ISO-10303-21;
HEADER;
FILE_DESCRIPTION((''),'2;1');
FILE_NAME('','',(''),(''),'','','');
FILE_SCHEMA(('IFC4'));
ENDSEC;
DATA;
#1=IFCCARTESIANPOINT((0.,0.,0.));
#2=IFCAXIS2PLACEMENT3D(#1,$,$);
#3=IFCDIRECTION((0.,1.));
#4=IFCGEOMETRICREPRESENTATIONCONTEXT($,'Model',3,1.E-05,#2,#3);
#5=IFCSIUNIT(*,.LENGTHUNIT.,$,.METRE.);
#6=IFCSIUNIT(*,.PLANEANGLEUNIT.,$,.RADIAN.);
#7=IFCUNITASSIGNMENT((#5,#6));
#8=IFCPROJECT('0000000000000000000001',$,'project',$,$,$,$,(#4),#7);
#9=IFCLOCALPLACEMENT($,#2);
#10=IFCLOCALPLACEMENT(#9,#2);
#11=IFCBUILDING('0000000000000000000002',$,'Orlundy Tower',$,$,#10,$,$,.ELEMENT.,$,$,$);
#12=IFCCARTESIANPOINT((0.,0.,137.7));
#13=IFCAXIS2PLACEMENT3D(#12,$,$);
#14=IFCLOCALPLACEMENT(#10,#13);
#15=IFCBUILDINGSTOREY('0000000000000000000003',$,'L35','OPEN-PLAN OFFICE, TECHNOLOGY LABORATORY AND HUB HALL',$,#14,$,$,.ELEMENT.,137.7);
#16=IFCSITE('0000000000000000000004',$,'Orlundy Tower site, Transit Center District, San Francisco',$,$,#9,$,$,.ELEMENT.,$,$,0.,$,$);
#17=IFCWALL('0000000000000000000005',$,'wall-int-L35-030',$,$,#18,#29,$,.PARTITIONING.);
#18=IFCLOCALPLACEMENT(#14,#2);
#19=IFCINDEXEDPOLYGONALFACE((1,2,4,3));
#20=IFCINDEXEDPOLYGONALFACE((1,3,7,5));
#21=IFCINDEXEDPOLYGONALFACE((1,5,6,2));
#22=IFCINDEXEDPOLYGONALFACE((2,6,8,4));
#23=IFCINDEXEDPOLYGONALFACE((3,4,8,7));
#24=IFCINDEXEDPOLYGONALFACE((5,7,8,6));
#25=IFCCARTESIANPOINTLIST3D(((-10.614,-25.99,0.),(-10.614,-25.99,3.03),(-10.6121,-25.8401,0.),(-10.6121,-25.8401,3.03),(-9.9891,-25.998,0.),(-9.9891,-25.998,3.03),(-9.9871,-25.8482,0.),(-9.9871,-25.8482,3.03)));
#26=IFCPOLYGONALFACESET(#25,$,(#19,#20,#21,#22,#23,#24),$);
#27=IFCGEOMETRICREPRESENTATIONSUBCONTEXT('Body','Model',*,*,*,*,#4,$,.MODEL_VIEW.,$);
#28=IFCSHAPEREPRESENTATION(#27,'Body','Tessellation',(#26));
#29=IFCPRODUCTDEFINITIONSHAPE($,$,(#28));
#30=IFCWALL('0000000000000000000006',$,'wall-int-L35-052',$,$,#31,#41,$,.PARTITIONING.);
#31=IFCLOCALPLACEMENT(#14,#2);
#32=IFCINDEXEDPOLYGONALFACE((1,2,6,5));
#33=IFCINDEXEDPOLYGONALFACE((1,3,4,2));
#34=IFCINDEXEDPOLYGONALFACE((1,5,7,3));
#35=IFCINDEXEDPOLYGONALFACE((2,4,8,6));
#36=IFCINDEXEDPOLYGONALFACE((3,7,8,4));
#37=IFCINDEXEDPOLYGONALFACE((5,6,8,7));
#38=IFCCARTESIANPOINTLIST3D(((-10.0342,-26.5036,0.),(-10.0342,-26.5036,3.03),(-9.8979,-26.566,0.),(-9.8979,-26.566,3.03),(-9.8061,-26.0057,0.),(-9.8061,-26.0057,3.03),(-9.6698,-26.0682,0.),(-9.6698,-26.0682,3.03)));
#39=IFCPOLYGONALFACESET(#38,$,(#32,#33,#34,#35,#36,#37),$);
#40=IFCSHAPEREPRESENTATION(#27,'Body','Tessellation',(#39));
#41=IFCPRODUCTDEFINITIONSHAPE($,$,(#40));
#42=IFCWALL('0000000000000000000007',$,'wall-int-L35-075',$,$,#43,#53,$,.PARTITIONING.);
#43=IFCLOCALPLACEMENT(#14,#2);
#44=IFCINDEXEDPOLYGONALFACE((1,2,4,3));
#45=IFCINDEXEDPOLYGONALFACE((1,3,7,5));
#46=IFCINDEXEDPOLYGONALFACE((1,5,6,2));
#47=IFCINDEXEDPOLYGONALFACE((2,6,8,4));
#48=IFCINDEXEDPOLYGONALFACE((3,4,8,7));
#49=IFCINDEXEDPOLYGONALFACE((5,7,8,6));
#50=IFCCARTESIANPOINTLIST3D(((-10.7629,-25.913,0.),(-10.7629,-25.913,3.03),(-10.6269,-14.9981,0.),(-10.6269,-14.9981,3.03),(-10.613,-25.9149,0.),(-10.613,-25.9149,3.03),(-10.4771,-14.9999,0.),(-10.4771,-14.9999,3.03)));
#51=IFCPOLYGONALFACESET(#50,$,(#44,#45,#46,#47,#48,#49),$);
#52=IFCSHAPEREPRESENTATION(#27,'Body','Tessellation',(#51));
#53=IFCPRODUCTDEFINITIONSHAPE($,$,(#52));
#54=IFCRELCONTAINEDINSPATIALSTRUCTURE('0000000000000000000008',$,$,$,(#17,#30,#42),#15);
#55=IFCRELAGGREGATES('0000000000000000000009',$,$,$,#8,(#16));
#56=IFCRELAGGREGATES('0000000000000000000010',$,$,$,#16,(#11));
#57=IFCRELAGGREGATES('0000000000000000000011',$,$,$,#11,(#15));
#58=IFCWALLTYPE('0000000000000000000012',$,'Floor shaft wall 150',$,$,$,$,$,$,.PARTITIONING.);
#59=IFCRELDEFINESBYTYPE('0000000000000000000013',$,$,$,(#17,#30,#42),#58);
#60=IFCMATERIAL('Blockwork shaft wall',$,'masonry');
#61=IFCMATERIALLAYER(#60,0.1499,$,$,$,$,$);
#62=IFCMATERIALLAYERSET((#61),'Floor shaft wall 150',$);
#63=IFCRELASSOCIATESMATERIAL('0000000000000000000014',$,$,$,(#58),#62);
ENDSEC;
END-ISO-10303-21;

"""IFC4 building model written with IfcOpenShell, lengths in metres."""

from ifc_helpers import new_model, si_unit, direction, frame, frame_2d, origin, place, context, subcontext, project, spatial, rectangle, extrude, material, layer, layer_set, type_object, element, save


model = new_model("IFC4")

# Units and contexts
model_context = context("Model", 3, precision=1e-05, world=origin(), true_north=direction((0.0, 1.0)))
body_context = subcontext(model_context, "Body", "Model", "MODEL_VIEW")
ifc_project = project(units=[si_unit("LENGTHUNIT", "METRE"), si_unit("PLANEANGLEUNIT", "RADIAN")], contexts=[model_context])

# Site, building, storey
site_placement = place(None, origin())
site = spatial("IfcSite", under=ifc_project, at=site_placement, Name="Orlundy Tower site, Transit Center District, San Francisco", CompositionType="ELEMENT", RefElevation=0.0)
building_placement = place(site_placement, origin())
building = spatial("IfcBuilding", under=site, at=building_placement, Name="Orlundy Tower", CompositionType="ELEMENT")
storey_placement = place(building_placement, frame((0.0, 0.0, 137.7)))
storey = spatial("IfcBuildingStorey", under=building, at=storey_placement, Name="L35", Description="OPEN-PLAN OFFICE, TECHNOLOGY LABORATORY AND HUB HALL", CompositionType="ELEMENT", Elevation=137.7)

# Walls
ifc_material_1 = material(Name="Blockwork shaft wall", Category="masonry")
ifc_layer_1 = layer(ifc_material_1, 0.1499)
ifc_layer_set_1 = layer_set([ifc_layer_1], Name="Floor shaft wall 150")
wall_type_1 = type_object("IfcWallType", Name="Floor shaft wall 150", PredefinedType="PARTITIONING", material=ifc_layer_set_1)
wall_1_placement = place(storey_placement, frame((-10.613, -25.915, 0.0), z_axis=(0.0, 0.0, 1.0), x_axis=(0.999917, -0.01289, 0.0)))
element("IfcWall", 1, at=wall_1_placement, inside=storey, type_object=wall_type_1, Name="wall-int-L35-030", PredefinedType="PARTITIONING", context=body_context, shape_type="SweptSolid", body=[
    extrude(rectangle(XDim=0.625, YDim=0.1499, at=frame_2d((0.3125, 0.0))), origin(), (0.0, 0.0, 1.0), 3.03),
])
wall_2_placement = place(storey_placement, frame((-9.9661, -26.5349, 0.0), z_axis=(0.0, 0.0, 1.0), x_axis=(0.416455, 0.909156, 0.0)))
element("IfcWall", 2, at=wall_2_placement, inside=storey, type_object=wall_type_1, Name="wall-int-L35-052", PredefinedType="PARTITIONING", context=body_context, shape_type="SweptSolid", body=[
    extrude(rectangle(XDim=0.5476, YDim=0.1499, at=frame_2d((0.2739, 0.0))), origin(), (0.0, 0.0, 1.0), 3.03),
])
wall_3_placement = place(storey_placement, frame((-10.688, -25.9141, 0.0), z_axis=(0.0, 0.0, 1.0), x_axis=(0.012458, 0.999922, 0.0)))
element("IfcWall", 3, at=wall_3_placement, inside=storey, type_object=wall_type_1, Name="wall-int-L35-075", PredefinedType="PARTITIONING", context=body_context, shape_type="SweptSolid", body=[
    extrude(rectangle(XDim=10.9158, YDim=0.1499, at=frame_2d((5.458, 0.0))), origin(), (0.0, 0.0, 1.0), 3.03),
])

save(model, "model.ifc")
